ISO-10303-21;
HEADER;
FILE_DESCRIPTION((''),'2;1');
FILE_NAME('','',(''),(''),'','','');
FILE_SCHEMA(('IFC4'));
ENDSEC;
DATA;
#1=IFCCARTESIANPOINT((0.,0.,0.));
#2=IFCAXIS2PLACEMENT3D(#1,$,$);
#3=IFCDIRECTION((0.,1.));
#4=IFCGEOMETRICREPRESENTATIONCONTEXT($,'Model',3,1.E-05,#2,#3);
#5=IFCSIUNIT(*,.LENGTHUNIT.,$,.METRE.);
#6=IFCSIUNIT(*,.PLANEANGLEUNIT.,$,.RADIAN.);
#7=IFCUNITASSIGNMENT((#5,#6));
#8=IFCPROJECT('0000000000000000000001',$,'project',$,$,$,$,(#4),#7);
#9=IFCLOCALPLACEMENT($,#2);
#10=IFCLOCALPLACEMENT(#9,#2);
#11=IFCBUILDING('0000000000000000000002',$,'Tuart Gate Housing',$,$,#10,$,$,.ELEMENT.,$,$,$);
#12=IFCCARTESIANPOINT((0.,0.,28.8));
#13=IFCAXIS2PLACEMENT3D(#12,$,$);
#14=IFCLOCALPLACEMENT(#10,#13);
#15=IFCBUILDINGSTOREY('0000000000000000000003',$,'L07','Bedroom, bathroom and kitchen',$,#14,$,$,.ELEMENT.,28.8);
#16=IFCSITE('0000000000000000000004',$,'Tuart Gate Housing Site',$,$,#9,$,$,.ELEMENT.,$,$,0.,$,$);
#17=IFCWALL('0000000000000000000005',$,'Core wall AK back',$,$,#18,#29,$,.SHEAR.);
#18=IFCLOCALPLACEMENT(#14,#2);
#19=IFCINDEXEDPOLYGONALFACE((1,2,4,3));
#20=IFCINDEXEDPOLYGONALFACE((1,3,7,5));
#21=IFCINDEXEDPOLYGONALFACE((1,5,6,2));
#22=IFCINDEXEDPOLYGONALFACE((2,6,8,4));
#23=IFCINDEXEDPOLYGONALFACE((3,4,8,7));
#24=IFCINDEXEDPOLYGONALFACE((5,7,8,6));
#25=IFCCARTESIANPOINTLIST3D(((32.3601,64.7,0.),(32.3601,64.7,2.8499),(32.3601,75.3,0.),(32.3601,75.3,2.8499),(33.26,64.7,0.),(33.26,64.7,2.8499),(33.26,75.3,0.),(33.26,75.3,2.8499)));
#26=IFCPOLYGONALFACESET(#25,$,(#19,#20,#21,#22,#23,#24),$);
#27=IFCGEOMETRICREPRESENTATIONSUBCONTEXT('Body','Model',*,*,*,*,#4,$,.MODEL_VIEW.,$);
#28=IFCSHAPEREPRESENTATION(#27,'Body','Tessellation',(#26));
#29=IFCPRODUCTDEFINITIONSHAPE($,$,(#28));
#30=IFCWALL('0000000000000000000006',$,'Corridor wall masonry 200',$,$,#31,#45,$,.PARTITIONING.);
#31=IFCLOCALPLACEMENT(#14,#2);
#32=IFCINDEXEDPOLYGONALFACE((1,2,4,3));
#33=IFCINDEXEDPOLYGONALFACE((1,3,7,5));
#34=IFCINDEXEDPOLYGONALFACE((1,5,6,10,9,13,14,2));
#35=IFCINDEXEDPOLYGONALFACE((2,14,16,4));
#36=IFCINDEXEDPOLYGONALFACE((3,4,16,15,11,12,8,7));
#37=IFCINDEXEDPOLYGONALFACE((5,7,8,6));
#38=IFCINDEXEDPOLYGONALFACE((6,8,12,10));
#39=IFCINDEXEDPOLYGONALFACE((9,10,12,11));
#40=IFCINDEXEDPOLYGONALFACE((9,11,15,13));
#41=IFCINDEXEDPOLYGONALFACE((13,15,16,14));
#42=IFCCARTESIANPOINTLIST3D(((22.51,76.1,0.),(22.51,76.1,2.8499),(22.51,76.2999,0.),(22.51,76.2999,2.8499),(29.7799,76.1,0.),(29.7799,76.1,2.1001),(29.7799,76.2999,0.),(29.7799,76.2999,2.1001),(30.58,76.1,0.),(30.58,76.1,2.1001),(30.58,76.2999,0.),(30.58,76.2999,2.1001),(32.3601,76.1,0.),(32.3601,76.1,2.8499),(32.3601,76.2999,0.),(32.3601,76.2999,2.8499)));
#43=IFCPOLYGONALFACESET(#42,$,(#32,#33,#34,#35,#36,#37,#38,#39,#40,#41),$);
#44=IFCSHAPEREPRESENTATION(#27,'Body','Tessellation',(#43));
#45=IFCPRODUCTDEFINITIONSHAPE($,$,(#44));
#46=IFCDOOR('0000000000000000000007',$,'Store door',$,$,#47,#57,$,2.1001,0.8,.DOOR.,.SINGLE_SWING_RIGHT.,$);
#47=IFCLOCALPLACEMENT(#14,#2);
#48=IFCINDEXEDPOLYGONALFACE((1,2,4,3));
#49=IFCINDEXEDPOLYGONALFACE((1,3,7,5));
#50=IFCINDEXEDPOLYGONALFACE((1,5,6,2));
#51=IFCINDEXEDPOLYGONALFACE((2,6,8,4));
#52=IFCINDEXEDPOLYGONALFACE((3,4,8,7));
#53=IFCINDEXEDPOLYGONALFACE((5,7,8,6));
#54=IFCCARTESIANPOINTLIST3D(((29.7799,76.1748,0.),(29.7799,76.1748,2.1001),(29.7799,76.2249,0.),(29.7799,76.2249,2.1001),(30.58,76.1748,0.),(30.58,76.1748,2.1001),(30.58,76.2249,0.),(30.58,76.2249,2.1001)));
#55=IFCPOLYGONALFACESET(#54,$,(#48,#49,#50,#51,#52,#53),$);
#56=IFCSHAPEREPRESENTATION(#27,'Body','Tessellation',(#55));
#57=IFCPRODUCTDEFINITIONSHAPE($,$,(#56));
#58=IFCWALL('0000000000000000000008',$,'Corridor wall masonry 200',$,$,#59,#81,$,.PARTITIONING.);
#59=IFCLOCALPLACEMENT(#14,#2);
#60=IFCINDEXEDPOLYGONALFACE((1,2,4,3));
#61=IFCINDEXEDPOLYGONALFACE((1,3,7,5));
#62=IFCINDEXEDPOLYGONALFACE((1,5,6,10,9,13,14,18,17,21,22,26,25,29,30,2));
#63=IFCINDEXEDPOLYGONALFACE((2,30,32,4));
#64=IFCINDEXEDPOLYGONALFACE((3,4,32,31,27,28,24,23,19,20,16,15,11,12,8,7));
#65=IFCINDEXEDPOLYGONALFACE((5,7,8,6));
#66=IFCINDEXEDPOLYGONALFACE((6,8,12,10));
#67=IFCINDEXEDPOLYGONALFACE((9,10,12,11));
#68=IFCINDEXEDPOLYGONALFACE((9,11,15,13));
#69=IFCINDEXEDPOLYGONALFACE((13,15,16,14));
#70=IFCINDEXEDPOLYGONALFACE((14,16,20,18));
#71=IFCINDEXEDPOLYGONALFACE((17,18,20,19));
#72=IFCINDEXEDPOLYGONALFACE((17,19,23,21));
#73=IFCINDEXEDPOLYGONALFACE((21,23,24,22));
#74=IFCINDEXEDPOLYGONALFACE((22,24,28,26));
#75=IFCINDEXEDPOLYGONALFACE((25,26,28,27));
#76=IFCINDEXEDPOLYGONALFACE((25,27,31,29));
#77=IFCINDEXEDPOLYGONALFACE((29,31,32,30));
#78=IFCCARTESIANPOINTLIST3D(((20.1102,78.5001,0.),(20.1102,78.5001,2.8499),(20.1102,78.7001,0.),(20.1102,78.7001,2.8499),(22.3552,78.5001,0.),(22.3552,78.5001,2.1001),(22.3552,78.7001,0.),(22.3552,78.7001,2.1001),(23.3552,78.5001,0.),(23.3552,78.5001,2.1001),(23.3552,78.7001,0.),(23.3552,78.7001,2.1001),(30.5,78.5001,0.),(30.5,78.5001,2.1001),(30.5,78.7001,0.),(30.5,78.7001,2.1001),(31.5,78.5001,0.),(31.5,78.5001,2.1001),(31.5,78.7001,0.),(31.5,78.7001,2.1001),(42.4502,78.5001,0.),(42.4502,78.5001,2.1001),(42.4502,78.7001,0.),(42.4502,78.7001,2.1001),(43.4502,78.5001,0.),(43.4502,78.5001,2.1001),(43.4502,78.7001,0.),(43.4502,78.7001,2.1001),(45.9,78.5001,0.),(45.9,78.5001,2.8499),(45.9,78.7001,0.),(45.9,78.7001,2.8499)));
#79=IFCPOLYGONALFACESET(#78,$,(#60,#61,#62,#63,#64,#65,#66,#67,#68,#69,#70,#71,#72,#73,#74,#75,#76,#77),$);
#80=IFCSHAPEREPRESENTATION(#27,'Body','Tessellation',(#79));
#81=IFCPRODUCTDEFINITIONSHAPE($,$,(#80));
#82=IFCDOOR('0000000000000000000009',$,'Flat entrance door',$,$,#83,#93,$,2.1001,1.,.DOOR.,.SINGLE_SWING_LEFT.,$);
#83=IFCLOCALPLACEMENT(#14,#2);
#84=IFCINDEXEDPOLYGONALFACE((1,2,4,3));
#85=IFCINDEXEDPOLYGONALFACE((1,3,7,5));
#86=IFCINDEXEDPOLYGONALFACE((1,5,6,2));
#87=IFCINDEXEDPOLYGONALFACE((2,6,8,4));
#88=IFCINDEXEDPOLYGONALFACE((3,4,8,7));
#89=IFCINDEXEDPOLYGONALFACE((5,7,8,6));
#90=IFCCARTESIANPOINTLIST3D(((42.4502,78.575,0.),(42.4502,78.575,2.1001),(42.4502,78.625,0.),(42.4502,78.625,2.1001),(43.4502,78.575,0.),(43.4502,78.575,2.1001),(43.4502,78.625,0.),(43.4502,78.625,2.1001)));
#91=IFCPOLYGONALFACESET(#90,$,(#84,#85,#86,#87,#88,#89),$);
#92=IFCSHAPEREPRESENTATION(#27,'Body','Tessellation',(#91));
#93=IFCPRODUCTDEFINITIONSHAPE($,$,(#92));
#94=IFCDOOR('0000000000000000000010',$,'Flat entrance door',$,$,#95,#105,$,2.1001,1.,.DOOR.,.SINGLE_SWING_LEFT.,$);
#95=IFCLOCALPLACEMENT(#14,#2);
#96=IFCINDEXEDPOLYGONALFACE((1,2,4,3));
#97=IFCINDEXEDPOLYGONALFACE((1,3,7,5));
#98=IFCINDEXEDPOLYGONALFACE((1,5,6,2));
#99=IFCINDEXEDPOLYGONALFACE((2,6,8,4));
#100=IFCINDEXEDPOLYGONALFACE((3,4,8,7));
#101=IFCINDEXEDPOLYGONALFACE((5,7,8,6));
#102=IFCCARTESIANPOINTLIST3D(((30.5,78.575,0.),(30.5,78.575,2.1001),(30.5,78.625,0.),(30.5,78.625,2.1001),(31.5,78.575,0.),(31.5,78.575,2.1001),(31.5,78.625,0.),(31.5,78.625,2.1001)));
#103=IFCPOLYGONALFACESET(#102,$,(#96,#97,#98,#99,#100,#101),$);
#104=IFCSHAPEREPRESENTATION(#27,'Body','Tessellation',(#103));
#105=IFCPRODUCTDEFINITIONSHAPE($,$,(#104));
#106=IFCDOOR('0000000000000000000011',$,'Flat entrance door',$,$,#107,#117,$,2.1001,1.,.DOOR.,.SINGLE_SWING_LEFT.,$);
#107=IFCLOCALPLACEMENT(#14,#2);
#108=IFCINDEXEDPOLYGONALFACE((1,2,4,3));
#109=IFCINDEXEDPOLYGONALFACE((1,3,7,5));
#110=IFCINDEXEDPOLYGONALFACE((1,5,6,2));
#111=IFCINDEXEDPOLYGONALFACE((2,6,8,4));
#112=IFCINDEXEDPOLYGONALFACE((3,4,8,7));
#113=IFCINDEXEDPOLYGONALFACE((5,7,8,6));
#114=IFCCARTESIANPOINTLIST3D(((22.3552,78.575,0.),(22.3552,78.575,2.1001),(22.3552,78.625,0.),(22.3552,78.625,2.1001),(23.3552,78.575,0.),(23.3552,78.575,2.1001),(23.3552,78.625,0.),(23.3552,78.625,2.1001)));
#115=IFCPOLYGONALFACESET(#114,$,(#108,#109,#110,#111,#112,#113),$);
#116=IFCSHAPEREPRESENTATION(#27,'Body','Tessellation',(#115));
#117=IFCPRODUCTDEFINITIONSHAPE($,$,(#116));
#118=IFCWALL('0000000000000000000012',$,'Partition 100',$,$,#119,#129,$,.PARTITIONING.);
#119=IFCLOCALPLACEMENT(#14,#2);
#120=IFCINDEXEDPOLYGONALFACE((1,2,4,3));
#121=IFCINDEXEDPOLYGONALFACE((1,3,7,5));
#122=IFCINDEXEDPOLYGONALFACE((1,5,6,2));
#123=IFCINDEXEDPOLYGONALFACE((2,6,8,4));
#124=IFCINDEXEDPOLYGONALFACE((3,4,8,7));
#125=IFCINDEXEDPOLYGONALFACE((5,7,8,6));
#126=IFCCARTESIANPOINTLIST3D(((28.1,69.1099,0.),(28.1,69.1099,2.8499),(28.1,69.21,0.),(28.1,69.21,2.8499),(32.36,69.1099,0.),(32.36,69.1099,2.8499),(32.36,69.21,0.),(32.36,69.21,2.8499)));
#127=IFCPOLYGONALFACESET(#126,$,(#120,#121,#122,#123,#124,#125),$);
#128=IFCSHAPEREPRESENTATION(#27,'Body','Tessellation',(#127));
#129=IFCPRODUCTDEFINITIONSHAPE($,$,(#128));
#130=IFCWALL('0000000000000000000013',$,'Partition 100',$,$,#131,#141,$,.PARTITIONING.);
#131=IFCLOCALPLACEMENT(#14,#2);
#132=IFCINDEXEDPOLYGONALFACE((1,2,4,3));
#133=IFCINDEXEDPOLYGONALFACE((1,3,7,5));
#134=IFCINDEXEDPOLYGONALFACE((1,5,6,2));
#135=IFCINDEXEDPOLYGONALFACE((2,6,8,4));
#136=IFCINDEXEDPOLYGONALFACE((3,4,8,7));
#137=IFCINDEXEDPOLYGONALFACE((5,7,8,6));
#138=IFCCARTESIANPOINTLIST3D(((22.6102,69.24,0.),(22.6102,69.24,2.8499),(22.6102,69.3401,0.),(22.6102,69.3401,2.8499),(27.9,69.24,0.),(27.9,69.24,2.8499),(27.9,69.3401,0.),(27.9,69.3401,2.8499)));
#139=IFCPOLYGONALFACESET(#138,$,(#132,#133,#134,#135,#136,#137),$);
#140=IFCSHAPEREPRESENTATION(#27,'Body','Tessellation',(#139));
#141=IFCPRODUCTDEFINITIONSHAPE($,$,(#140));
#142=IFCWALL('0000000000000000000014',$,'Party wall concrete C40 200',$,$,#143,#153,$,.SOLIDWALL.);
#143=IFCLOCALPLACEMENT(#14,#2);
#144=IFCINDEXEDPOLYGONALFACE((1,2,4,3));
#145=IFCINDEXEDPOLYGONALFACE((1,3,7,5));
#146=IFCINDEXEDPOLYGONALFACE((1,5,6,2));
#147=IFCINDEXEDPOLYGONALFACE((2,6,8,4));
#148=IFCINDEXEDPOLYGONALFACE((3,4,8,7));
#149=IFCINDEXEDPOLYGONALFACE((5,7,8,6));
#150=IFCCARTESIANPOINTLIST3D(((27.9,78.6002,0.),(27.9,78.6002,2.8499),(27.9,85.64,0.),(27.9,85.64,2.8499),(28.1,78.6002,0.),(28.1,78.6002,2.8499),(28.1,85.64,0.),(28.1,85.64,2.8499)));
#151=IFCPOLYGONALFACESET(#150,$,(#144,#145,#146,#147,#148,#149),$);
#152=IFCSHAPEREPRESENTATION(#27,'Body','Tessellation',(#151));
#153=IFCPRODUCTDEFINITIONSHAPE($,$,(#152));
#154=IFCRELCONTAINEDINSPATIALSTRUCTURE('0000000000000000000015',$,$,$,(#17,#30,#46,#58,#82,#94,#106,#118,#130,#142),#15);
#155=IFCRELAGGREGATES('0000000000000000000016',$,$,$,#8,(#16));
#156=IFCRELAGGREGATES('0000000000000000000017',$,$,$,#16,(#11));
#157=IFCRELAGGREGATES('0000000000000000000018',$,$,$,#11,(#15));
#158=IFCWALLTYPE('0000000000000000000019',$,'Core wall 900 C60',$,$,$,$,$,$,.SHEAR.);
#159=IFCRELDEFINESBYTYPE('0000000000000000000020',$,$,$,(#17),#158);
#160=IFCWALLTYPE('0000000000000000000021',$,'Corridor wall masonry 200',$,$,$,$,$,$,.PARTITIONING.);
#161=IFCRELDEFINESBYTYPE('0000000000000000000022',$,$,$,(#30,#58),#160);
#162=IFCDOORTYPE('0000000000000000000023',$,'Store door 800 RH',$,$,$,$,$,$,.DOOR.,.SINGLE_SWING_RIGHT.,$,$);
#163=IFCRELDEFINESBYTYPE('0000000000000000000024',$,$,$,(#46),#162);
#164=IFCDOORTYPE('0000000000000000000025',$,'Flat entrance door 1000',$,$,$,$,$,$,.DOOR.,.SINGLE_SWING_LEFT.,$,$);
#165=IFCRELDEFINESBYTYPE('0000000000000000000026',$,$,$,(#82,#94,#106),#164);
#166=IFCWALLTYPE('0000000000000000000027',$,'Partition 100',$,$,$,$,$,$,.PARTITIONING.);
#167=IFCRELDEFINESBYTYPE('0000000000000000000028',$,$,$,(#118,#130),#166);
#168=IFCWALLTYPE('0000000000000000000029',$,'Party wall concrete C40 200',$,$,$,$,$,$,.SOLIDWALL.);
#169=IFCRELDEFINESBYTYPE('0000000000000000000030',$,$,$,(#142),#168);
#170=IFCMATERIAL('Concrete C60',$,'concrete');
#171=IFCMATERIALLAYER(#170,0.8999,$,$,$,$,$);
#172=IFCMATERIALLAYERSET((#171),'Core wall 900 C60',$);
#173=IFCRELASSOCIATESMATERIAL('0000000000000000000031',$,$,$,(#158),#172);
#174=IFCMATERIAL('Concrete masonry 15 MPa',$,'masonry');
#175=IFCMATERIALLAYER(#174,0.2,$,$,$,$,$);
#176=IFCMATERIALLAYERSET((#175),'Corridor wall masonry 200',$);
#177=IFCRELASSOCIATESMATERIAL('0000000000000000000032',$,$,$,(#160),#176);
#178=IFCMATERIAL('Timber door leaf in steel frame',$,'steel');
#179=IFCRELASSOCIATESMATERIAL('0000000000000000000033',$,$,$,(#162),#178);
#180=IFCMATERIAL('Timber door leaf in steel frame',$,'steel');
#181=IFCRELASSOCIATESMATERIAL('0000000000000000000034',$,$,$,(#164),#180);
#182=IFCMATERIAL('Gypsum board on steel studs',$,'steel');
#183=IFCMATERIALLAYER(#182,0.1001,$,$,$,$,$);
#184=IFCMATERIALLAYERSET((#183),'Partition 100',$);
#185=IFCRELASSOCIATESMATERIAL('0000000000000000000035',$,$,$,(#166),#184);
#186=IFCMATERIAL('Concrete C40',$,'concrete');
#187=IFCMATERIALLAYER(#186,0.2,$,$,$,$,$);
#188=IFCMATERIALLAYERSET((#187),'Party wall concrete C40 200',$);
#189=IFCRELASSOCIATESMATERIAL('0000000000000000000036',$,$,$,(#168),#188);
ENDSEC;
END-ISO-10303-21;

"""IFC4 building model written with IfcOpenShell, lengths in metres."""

from ifc_helpers import new_model, si_unit, direction, frame, frame_2d, origin, place, context, subcontext, project, spatial, rectangle, extrude, material, layer, layer_set, type_object, element, fill, save


model = new_model("IFC4")

# Units and contexts
model_context = context("Model", 3, precision=1e-05, world=origin(), true_north=direction((0.0, 1.0)))
body_context = subcontext(model_context, "Body", "Model", "MODEL_VIEW")
ifc_project = project(units=[si_unit("LENGTHUNIT", "METRE"), si_unit("PLANEANGLEUNIT", "RADIAN")], contexts=[model_context])

# Site, building, storey
site_placement = place(None, origin())
site = spatial("IfcSite", under=ifc_project, at=site_placement, Name="Tuart Gate Housing Site", CompositionType="ELEMENT", RefElevation=0.0)
building_placement = place(site_placement, origin())
building = spatial("IfcBuilding", under=site, at=building_placement, Name="Tuart Gate Housing", CompositionType="ELEMENT")
storey_placement = place(building_placement, frame((0.0, 0.0, 28.8)))
storey = spatial("IfcBuildingStorey", under=building, at=storey_placement, Name="L07", Description="Bedroom, bathroom and kitchen", CompositionType="ELEMENT", Elevation=28.8)

# Wall
ifc_material_1 = material(Name="Concrete C60", Category="concrete")
ifc_layer_1 = layer(ifc_material_1, 0.8999)
ifc_layer_set_1 = layer_set([ifc_layer_1], Name="Core wall 900 C60")
wall_type_1 = type_object("IfcWallType", Name="Core wall 900 C60", PredefinedType="SHEAR", material=ifc_layer_set_1)
wall_1_placement = place(storey_placement, frame((32.8101, 75.3, 0.0), z_axis=(0.0, 0.0, 1.0), x_axis=(0.0, -1.0, 0.0)))
element("IfcWall", 1, at=wall_1_placement, inside=storey, type_object=wall_type_1, Name="Core wall AK back", PredefinedType="SHEAR", context=body_context, shape_type="SweptSolid", body=[
    extrude(rectangle(XDim=10.6001, YDim=0.8999, at=frame_2d((5.3, 0.0))), origin(), (0.0, 0.0, 1.0), 2.8499),
])

# Wall, opening, door
ifc_material_2 = material(Name="Concrete masonry 15 MPa", Category="masonry")
ifc_layer_2 = layer(ifc_material_2, 0.2)
ifc_layer_set_2 = layer_set([ifc_layer_2], Name="Corridor wall masonry 200")
wall_type_2 = type_object("IfcWallType", Name="Corridor wall masonry 200", PredefinedType="PARTITIONING", material=ifc_layer_set_2)
wall_2_placement = place(storey_placement, frame((22.51, 76.2, 0.0), z_axis=(0.0, 0.0, 1.0), x_axis=(1.0, 0.0, 0.0)))
wall_2 = element("IfcWall", 2, at=wall_2_placement, inside=storey, type_object=wall_type_2, Name="Corridor wall masonry 200", PredefinedType="PARTITIONING", context=body_context, shape_type="SweptSolid", body=[
    extrude(rectangle(XDim=9.8501, YDim=0.2, at=frame_2d((4.925, 0.0))), origin(), (0.0, 0.0, 1.0), 2.8499),
])
opening_1_placement = place(wall_2_placement, frame((7.27, 0.0, 0.0)))
opening_1 = element("IfcOpeningElement", 3, at=opening_1_placement, cuts=wall_2, PredefinedType="OPENING", context=body_context, shape_type="SweptSolid", body=[
    extrude(rectangle(XDim=0.8, YDim=2.1001, at=frame_2d((0.3999, 1.05))), frame((0.0, 0.1099, 0.0), z_axis=(0.0, -1.0, 0.0), x_axis=(1.0, 0.0, 0.0)), (0.0, 0.0, 1.0), 0.22),
])
ifc_material_3 = material(Name="Timber door leaf in steel frame", Category="steel")
door_type_1 = type_object("IfcDoorType", Name="Store door 800 RH", OperationType="SINGLE_SWING_RIGHT", PredefinedType="DOOR", material=ifc_material_3)
door_1_placement = place(opening_1_placement, frame((0.8, 0.0, 0.0), z_axis=(0.0, 0.0, 1.0), x_axis=(-1.0, 0.0, 0.0)))
door_1 = element("IfcDoor", 4, at=door_1_placement, inside=storey, type_object=door_type_1, Name="Store door", OperationType="SINGLE_SWING_RIGHT", OverallHeight=2.1001, OverallWidth=0.8, PredefinedType="DOOR", context=body_context, shape_type="SweptSolid", body=[
    extrude(rectangle(XDim=0.8, YDim=2.1001, at=frame_2d((0.4001, 1.05))), frame((0.0, 0.0251, 0.0), z_axis=(0.0, -1.0, 0.0), x_axis=(1.0, 0.0, 0.0)), (0.0, 0.0, 1.0), 0.05),
])
fill(opening_1, door_1)

# Wall, openings, doors
wall_3_placement = place(storey_placement, frame((20.1101, 78.6001, 0.0), z_axis=(0.0, 0.0, 1.0), x_axis=(1.0, 0.0, 0.0)))
wall_3 = element("IfcWall", 5, at=wall_3_placement, inside=storey, type_object=wall_type_2, Name="Corridor wall masonry 200", PredefinedType="PARTITIONING", context=body_context, shape_type="SweptSolid", body=[
    extrude(rectangle(XDim=25.7898, YDim=0.2, at=frame_2d((12.895, 0.0))), origin(), (0.0, 0.0, 1.0), 2.8499),
])
opening_2_placement = place(wall_3_placement, frame((22.3401, 0.0, 0.0)))
opening_2 = element("IfcOpeningElement", 6, at=opening_2_placement, cuts=wall_3, PredefinedType="OPENING", context=body_context, shape_type="SweptSolid", body=[
    extrude(rectangle(XDim=1.0, YDim=2.1001, at=frame_2d((0.5, 1.05))), frame((0.0, 0.1099, 0.0), z_axis=(0.0, -1.0, 0.0), x_axis=(1.0, 0.0, 0.0)), (0.0, 0.0, 1.0), 0.22),
])
opening_3_placement = place(wall_3_placement, frame((10.3899, 0.0, 0.0)))
opening_3 = element("IfcOpeningElement", 7, at=opening_3_placement, cuts=wall_3, PredefinedType="OPENING", context=body_context, shape_type="SweptSolid", body=[
    extrude(rectangle(XDim=1.0, YDim=2.1001, at=frame_2d((0.5, 1.05))), frame((0.0, 0.1099, 0.0), z_axis=(0.0, -1.0, 0.0), x_axis=(1.0, 0.0, 0.0)), (0.0, 0.0, 1.0), 0.22),
])
opening_4_placement = place(wall_3_placement, frame((2.2451, 0.0, 0.0)))
opening_4 = element("IfcOpeningElement", 8, at=opening_4_placement, cuts=wall_3, PredefinedType="OPENING", context=body_context, shape_type="SweptSolid", body=[
    extrude(rectangle(XDim=1.0, YDim=2.1001, at=frame_2d((0.5, 1.05))), frame((0.0, 0.1099, 0.0), z_axis=(0.0, -1.0, 0.0), x_axis=(1.0, 0.0, 0.0)), (0.0, 0.0, 1.0), 0.22),
])
ifc_material_4 = material(Name="Timber door leaf in steel frame", Category="steel")
door_type_2 = type_object("IfcDoorType", Name="Flat entrance door 1000", OperationType="SINGLE_SWING_LEFT", PredefinedType="DOOR", material=ifc_material_4)
door_2_placement = place(opening_2_placement, origin())
door_2 = element("IfcDoor", 9, at=door_2_placement, inside=storey, type_object=door_type_2, Name="Flat entrance door", OperationType="SINGLE_SWING_LEFT", OverallHeight=2.1001, OverallWidth=1.0, PredefinedType="DOOR", context=body_context, shape_type="SweptSolid", body=[
    extrude(rectangle(XDim=1.0, YDim=2.1001, at=frame_2d((0.5, 1.05))), frame((0.0, 0.0249, 0.0), z_axis=(0.0, -1.0, 0.0), x_axis=(1.0, 0.0, 0.0)), (0.0, 0.0, 1.0), 0.05),
])
fill(opening_2, door_2)
door_3_placement = place(opening_3_placement, origin())
door_3 = element("IfcDoor", 10, at=door_3_placement, inside=storey, type_object=door_type_2, Name="Flat entrance door", OperationType="SINGLE_SWING_LEFT", OverallHeight=2.1001, OverallWidth=1.0, PredefinedType="DOOR", context=body_context, shape_type="SweptSolid", body=[
    extrude(rectangle(XDim=1.0, YDim=2.1001, at=frame_2d((0.5, 1.05))), frame((0.0, 0.0249, 0.0), z_axis=(0.0, -1.0, 0.0), x_axis=(1.0, 0.0, 0.0)), (0.0, 0.0, 1.0), 0.05),
])
fill(opening_3, door_3)
door_4_placement = place(opening_4_placement, origin())
door_4 = element("IfcDoor", 11, at=door_4_placement, inside=storey, type_object=door_type_2, Name="Flat entrance door", OperationType="SINGLE_SWING_LEFT", OverallHeight=2.1001, OverallWidth=1.0, PredefinedType="DOOR", context=body_context, shape_type="SweptSolid", body=[
    extrude(rectangle(XDim=1.0, YDim=2.1001, at=frame_2d((0.5, 1.05))), frame((0.0, 0.0249, 0.0), z_axis=(0.0, -1.0, 0.0), x_axis=(1.0, 0.0, 0.0)), (0.0, 0.0, 1.0), 0.05),
])
fill(opening_4, door_4)

# Walls
ifc_material_5 = material(Name="Gypsum board on steel studs", Category="steel")
ifc_layer_3 = layer(ifc_material_5, 0.1001)
ifc_layer_set_3 = layer_set([ifc_layer_3], Name="Partition 100")
wall_type_3 = type_object("IfcWallType", Name="Partition 100", PredefinedType="PARTITIONING", material=ifc_layer_set_3)
wall_4_placement = place(storey_placement, frame((28.1001, 69.1599, 0.0), z_axis=(0.0, 0.0, 1.0), x_axis=(1.0, 0.0, 0.0)))
element("IfcWall", 12, at=wall_4_placement, inside=storey, type_object=wall_type_3, Name="Partition 100", PredefinedType="PARTITIONING", context=body_context, shape_type="SweptSolid", body=[
    extrude(rectangle(XDim=4.26, YDim=0.1001, at=frame_2d((2.1299, 0.0))), origin(), (0.0, 0.0, 1.0), 2.8499),
])
wall_5_placement = place(storey_placement, frame((22.6101, 69.29, 0.0), z_axis=(0.0, 0.0, 1.0), x_axis=(1.0, 0.0, 0.0)))
element("IfcWall", 13, at=wall_5_placement, inside=storey, type_object=wall_type_3, Name="Partition 100", PredefinedType="PARTITIONING", context=body_context, shape_type="SweptSolid", body=[
    extrude(rectangle(XDim=5.2898, YDim=0.1001, at=frame_2d((2.645, 0.0))), origin(), (0.0, 0.0, 1.0), 2.8499),
])
ifc_material_6 = material(Name="Concrete C40", Category="concrete")
ifc_layer_4 = layer(ifc_material_6, 0.2)
ifc_layer_set_4 = layer_set([ifc_layer_4], Name="Party wall concrete C40 200")
wall_type_4 = type_object("IfcWallType", Name="Party wall concrete C40 200", PredefinedType="SOLIDWALL", material=ifc_layer_set_4)
wall_6_placement = place(storey_placement, frame((28.0, 78.6001, 0.0), z_axis=(0.0, 0.0, 1.0), x_axis=(0.0, 1.0, 0.0)))
element("IfcWall", 14, at=wall_6_placement, inside=storey, type_object=wall_type_4, Name="Party wall concrete C40 200", PredefinedType="SOLIDWALL", context=body_context, shape_type="SweptSolid", body=[
    extrude(rectangle(XDim=7.0398, YDim=0.2, at=frame_2d((3.52, 0.0))), origin(), (0.0, 0.0, 1.0), 2.8499),
])

save(model, "model.ifc")
